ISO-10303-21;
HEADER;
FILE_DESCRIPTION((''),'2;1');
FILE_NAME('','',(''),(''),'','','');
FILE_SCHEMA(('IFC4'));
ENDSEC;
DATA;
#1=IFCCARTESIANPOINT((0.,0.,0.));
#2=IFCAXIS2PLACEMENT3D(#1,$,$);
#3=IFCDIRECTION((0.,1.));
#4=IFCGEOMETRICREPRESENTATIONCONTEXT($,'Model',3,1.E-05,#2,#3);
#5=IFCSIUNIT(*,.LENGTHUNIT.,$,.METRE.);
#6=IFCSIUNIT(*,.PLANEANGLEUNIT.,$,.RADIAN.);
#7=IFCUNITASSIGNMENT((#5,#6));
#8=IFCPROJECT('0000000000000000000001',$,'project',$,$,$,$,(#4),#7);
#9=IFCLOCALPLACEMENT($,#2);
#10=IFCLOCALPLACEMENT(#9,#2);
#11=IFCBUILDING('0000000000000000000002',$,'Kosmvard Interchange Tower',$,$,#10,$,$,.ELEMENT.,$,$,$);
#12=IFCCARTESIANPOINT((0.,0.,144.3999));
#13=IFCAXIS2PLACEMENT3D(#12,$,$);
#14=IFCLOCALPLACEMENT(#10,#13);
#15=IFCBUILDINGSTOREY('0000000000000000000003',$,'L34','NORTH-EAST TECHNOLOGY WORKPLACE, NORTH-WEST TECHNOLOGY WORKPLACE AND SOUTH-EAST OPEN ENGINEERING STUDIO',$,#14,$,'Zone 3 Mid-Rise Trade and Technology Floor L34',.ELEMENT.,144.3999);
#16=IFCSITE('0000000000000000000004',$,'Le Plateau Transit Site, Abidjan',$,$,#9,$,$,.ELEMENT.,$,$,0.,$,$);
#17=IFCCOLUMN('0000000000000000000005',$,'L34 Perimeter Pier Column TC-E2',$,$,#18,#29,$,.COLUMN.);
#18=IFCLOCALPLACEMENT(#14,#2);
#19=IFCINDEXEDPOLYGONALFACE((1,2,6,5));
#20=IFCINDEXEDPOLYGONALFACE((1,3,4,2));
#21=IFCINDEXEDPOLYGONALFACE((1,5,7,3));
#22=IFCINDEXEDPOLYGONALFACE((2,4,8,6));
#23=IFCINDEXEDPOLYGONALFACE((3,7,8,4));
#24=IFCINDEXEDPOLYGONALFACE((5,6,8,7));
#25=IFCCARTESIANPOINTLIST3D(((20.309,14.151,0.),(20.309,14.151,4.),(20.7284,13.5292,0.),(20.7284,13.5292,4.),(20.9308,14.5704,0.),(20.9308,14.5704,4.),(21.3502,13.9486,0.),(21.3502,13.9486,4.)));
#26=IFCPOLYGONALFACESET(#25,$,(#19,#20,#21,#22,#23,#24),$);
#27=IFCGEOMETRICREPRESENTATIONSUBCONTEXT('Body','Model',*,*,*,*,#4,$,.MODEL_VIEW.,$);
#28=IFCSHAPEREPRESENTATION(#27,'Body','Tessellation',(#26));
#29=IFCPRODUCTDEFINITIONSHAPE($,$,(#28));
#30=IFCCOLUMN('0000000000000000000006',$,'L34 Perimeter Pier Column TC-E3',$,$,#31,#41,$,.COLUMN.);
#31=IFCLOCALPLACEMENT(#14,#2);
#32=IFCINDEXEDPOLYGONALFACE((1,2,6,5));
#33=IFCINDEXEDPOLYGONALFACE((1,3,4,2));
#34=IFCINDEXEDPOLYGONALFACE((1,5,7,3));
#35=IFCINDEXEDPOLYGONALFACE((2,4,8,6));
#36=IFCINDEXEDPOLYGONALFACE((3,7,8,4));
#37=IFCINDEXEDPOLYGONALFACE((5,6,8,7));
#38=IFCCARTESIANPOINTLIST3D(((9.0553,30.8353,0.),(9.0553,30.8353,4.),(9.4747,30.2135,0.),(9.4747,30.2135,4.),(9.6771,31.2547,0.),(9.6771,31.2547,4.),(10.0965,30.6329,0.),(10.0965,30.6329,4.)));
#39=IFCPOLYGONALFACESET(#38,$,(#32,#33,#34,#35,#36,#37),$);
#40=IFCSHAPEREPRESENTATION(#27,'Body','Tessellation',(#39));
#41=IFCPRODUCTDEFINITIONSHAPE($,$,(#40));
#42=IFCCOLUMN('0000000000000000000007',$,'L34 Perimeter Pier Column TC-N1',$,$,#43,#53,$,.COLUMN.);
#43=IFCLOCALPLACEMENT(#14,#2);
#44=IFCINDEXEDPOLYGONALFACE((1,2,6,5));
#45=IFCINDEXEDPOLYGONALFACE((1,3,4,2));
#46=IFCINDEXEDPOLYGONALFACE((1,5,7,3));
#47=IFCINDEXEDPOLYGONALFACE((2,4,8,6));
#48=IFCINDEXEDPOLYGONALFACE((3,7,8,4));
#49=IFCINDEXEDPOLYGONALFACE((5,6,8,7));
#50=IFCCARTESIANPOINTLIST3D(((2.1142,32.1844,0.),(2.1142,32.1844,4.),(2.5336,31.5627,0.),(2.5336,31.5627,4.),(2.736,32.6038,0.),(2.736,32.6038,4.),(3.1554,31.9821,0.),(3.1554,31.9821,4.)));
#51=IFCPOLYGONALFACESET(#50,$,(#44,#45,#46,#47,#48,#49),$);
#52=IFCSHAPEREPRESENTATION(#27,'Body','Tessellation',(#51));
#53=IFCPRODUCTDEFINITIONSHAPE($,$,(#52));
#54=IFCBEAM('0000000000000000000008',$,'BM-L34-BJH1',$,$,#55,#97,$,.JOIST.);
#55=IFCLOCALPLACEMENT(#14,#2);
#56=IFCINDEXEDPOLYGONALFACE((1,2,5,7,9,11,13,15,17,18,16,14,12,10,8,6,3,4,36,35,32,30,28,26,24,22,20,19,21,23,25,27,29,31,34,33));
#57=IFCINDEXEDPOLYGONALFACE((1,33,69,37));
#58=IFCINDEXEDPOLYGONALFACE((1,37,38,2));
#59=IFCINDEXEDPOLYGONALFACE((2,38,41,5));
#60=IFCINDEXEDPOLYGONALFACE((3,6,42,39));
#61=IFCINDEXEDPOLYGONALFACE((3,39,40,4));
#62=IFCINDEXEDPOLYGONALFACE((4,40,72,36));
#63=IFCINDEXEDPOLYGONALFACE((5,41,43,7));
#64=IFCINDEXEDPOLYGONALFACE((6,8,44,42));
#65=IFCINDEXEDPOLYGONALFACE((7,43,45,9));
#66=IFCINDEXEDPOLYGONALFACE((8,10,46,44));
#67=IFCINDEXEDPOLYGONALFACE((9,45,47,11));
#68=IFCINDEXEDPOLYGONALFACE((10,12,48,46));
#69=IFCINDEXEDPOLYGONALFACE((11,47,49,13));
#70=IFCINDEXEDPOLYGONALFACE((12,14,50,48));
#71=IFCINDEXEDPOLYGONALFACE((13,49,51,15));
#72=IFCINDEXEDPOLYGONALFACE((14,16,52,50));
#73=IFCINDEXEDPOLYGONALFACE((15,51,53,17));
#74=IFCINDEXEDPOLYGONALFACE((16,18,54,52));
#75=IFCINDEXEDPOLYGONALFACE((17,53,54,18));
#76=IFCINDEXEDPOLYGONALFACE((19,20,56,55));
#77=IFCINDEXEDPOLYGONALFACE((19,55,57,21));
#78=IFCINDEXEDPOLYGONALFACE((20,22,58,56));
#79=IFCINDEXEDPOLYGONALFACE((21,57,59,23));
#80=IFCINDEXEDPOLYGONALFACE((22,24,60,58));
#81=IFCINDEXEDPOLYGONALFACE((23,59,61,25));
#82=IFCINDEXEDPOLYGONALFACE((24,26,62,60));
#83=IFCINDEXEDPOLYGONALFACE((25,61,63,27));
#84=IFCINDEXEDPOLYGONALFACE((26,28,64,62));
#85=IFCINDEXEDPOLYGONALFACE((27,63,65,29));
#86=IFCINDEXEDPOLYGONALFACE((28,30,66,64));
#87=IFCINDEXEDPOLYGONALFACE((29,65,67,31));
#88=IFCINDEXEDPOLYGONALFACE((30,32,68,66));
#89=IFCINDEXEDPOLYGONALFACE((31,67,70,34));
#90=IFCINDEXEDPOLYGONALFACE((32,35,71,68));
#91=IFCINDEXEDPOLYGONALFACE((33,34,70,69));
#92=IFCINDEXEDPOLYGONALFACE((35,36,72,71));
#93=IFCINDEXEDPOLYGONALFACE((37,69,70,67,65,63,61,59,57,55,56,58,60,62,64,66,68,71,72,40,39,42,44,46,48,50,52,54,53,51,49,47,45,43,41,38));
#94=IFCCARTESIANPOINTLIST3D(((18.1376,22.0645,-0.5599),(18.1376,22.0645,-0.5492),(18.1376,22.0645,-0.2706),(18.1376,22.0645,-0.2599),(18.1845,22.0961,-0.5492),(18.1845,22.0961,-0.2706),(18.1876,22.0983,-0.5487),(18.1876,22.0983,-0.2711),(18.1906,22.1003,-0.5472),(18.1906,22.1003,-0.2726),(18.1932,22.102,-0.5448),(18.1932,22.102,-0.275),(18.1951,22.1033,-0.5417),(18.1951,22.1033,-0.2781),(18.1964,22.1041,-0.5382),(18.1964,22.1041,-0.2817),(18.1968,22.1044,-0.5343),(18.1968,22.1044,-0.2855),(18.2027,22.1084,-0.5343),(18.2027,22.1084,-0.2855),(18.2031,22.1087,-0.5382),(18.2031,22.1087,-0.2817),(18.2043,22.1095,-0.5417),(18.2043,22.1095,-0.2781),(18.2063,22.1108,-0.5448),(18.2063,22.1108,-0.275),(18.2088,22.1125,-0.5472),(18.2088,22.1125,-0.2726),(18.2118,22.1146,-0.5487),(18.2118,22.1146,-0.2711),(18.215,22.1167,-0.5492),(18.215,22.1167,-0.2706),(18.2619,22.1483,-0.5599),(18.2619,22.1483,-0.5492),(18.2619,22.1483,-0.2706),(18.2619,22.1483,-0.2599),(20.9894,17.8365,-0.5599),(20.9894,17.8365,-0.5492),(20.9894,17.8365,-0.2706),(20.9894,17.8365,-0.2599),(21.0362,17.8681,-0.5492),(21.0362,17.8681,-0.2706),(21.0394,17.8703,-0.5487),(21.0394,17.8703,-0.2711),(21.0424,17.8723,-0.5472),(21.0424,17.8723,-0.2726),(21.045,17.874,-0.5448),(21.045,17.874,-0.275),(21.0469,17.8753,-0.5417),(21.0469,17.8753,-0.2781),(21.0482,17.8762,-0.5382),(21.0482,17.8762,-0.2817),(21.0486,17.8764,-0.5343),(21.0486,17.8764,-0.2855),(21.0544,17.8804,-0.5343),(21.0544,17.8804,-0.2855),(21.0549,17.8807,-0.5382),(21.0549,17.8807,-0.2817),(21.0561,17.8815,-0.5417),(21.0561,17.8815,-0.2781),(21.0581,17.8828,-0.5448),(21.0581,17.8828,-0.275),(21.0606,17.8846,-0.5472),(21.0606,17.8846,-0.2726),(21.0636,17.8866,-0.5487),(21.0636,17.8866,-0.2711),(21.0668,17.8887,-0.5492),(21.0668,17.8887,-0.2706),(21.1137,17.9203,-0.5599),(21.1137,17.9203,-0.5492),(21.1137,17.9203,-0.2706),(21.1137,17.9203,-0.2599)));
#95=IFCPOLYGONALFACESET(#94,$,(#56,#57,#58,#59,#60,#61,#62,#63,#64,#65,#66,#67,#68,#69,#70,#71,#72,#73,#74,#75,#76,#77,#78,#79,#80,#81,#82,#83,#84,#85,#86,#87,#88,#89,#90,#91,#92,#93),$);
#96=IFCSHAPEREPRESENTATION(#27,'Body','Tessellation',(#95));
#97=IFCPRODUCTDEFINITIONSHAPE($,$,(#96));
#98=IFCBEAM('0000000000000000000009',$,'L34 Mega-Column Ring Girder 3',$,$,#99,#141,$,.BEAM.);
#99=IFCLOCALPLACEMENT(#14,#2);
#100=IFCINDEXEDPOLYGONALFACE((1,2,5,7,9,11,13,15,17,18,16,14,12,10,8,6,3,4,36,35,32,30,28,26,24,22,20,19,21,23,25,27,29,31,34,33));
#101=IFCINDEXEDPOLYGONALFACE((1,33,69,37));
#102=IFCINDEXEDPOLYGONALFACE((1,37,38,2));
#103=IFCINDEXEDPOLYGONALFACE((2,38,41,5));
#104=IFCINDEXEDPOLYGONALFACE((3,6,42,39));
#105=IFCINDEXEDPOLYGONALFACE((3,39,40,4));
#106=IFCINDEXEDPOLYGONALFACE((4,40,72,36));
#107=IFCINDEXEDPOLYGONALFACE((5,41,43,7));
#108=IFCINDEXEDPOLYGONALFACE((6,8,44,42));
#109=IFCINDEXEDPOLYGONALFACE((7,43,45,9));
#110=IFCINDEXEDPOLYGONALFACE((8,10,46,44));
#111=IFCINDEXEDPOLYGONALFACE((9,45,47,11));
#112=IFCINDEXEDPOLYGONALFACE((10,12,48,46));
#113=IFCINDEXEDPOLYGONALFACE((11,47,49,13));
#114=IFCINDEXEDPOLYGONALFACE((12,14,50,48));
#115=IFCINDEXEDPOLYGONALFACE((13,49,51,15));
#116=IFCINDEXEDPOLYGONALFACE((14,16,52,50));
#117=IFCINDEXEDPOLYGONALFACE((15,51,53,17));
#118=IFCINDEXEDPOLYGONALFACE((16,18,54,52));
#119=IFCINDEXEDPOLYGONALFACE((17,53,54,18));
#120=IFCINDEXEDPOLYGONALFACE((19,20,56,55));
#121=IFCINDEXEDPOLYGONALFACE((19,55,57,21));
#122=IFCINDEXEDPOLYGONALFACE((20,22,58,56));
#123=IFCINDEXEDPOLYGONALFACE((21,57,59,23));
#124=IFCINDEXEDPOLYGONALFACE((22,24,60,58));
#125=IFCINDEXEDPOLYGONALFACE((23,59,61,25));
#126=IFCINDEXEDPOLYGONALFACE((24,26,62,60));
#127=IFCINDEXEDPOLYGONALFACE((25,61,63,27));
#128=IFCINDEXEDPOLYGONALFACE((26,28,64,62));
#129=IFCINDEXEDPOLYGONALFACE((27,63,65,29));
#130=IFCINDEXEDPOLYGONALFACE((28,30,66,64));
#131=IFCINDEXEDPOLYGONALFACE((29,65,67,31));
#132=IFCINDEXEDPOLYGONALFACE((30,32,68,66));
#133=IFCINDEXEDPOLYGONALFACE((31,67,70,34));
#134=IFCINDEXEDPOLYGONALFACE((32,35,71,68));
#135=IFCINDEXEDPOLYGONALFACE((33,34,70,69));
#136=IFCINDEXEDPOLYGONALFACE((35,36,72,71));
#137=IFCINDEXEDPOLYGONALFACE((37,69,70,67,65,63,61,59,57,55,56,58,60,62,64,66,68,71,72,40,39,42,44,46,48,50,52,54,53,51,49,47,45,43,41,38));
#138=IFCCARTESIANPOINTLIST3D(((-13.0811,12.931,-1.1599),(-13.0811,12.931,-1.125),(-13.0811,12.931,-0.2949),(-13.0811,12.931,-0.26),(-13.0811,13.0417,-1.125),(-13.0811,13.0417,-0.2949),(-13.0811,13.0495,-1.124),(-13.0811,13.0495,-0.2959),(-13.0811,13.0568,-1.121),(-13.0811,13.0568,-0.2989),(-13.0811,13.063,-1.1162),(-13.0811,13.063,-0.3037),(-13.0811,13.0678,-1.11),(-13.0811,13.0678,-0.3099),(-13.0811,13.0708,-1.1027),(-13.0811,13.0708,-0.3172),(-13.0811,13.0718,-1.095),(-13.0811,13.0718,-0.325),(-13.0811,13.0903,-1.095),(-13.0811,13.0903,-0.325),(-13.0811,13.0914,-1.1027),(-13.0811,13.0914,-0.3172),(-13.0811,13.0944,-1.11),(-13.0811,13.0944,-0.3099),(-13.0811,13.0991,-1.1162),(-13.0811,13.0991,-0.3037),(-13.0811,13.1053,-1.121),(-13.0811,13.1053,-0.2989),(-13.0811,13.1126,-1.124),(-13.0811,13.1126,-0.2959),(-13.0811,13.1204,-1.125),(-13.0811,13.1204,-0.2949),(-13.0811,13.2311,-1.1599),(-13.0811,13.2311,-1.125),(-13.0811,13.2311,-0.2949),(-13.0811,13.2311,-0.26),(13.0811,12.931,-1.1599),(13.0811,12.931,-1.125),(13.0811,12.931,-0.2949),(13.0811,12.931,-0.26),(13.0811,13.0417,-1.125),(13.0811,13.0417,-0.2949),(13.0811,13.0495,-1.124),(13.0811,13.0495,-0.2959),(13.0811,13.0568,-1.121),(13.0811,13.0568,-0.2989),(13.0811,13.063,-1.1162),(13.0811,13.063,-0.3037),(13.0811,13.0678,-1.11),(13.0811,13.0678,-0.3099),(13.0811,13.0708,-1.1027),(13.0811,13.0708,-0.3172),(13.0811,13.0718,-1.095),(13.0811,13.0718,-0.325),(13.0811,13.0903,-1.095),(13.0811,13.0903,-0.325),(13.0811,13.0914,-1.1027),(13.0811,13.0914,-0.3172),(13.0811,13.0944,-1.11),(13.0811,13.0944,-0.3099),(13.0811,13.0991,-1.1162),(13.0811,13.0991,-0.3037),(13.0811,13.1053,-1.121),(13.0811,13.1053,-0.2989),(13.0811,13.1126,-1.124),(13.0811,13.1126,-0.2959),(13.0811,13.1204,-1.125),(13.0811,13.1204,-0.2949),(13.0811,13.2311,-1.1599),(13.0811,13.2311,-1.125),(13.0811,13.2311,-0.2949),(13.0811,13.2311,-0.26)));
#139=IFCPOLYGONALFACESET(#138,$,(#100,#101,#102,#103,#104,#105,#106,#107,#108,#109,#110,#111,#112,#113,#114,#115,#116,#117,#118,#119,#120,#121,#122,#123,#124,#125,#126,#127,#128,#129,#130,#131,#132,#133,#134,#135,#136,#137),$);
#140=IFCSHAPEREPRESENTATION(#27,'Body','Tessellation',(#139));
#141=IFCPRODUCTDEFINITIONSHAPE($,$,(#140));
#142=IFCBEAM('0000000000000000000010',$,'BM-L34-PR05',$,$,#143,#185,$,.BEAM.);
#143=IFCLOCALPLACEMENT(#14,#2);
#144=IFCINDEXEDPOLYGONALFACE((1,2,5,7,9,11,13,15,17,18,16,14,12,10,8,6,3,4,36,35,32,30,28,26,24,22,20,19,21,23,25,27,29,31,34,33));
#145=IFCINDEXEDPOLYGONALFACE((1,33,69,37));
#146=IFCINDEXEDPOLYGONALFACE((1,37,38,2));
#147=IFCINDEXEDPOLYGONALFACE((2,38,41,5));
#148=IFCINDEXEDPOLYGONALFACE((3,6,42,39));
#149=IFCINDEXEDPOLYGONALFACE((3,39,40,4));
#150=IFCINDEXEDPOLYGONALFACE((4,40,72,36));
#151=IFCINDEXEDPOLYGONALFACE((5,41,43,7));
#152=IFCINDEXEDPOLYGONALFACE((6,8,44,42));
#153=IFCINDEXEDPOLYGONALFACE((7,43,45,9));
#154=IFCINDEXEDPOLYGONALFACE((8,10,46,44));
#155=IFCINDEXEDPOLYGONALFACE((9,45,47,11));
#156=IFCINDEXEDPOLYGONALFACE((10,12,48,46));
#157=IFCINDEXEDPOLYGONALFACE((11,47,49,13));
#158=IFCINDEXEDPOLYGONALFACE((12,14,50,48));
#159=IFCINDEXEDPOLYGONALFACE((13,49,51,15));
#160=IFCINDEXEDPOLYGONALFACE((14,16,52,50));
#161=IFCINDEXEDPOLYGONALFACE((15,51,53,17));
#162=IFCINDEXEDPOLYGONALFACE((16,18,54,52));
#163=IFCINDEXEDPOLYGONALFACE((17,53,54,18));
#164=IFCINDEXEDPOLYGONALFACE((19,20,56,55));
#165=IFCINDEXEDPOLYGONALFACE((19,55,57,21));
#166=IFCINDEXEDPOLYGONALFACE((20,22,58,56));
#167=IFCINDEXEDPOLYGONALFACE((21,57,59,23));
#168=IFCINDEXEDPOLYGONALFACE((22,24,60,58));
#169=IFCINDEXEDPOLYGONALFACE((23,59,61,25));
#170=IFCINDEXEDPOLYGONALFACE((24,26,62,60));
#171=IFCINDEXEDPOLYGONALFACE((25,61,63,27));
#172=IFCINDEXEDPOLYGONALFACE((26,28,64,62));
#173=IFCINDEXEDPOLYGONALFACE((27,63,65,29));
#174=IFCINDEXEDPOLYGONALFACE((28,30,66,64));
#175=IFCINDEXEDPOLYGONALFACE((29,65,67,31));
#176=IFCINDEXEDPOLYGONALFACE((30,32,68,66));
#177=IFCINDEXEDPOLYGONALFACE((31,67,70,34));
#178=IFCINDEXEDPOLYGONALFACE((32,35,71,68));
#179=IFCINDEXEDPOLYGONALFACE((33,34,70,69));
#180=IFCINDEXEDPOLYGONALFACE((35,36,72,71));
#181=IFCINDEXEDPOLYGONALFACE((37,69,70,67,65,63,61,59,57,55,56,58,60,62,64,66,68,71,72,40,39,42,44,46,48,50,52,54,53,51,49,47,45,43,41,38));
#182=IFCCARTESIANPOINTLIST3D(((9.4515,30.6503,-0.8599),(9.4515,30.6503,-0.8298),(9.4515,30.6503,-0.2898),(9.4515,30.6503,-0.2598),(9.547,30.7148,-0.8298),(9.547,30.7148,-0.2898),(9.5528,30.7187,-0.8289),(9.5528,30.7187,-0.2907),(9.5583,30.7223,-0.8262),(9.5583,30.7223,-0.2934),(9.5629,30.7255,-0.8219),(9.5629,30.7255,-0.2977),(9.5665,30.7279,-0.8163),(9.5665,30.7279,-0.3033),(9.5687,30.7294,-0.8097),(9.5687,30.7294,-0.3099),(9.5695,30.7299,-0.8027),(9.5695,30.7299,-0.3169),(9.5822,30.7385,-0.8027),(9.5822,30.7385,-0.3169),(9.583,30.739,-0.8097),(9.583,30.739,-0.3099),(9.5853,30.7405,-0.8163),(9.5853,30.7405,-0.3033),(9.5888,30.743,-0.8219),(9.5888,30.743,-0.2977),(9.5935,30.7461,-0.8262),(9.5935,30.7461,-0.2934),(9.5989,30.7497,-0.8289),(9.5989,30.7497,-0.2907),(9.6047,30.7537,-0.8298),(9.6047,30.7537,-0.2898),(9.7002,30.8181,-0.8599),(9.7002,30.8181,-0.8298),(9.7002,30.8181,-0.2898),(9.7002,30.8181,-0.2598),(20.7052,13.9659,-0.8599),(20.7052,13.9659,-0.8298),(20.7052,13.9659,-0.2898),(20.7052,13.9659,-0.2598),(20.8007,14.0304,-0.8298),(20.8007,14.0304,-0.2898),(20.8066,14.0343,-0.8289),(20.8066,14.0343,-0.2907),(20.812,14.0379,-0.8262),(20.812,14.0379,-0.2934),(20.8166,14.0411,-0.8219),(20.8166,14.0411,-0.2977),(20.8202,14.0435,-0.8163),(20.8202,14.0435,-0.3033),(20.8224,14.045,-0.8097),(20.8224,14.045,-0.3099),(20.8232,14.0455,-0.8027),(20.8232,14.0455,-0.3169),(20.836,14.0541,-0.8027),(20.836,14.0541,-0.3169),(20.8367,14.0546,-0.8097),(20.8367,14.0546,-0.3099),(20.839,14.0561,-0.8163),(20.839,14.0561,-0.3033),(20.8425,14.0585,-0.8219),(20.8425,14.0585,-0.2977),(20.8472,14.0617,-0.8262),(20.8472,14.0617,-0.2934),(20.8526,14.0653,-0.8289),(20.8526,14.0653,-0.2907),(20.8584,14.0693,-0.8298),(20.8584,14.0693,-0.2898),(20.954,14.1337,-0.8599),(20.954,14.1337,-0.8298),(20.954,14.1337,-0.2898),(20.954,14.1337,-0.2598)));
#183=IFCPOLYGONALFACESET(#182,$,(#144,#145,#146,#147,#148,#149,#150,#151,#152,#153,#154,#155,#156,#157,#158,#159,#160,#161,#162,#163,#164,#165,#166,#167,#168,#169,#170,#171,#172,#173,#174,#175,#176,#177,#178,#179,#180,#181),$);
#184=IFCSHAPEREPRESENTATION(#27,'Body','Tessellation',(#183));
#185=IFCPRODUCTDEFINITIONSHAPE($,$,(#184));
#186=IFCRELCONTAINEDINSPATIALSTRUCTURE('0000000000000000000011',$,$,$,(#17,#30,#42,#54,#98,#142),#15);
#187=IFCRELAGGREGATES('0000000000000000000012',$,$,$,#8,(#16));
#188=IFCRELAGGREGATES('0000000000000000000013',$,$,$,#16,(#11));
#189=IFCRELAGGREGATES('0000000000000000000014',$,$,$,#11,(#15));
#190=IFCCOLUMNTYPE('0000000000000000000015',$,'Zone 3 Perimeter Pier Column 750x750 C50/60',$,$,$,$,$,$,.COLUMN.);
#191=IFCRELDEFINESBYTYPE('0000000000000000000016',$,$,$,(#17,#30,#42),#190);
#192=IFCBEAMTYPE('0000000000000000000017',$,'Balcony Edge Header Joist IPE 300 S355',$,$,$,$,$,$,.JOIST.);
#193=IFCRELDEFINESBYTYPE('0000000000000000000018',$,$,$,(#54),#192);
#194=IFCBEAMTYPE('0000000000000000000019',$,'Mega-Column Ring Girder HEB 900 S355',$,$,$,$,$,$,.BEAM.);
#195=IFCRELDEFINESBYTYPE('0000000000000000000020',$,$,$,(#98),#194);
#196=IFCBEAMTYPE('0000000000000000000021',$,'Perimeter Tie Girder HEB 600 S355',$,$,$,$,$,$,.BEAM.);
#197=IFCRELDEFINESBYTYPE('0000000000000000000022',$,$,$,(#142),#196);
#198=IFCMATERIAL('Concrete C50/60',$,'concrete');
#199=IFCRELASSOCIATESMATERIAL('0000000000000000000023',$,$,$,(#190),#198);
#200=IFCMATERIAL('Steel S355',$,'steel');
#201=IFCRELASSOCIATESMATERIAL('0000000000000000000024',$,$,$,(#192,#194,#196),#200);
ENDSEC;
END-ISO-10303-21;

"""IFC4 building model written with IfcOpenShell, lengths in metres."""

from ifc_helpers import new_model, si_unit, direction, frame, origin, origin_2d, place, context, subcontext, project, spatial, rectangle, i_section, extrude, source, transform, mapped, material, material_profile, profile_set, type_object, element, save


model = new_model("IFC4")

# Units and contexts
model_context = context("Model", 3, precision=1e-05, world=origin(), true_north=direction((0.0, 1.0)))
body_context = subcontext(model_context, "Body", "Model", "MODEL_VIEW")
ifc_project = project(units=[si_unit("LENGTHUNIT", "METRE"), si_unit("PLANEANGLEUNIT", "RADIAN")], contexts=[model_context])

# Site, building, storey
site_placement = place(None, origin())
site = spatial("IfcSite", under=ifc_project, at=site_placement, Name="Le Plateau Transit Site, Abidjan", CompositionType="ELEMENT", RefElevation=0.0)
building_placement = place(site_placement, origin())
building = spatial("IfcBuilding", under=site, at=building_placement, Name="Kosmvard Interchange Tower", CompositionType="ELEMENT")
storey_placement = place(building_placement, frame((0.0, 0.0, 144.3999)))
storey = spatial("IfcBuildingStorey", under=building, at=storey_placement, Name="L34", Description="NORTH-EAST TECHNOLOGY WORKPLACE, NORTH-WEST TECHNOLOGY WORKPLACE AND SOUTH-EAST OPEN ENGINEERING STUDIO", LongName="Zone 3 Mid-Rise Trade and Technology Floor L34", CompositionType="ELEMENT", Elevation=144.3999)

# Columns
ifc_material_1 = material(Name="Concrete C50/60", Category="concrete")
ifc_material_profile_1 = material_profile(ifc_material_1, rectangle(XDim=0.75, YDim=0.75, at=origin_2d()), Name="TC 750x750")
ifc_profile_set_1 = profile_set([ifc_material_profile_1], Name="Concrete C50/60")
column_type = type_object("IfcColumnType", Name="Zone 3 Perimeter Pier Column 750x750 C50/60", PredefinedType="COLUMN", material=ifc_profile_set_1)
shared_shape_1 = source(origin(), body_context, "Body", "SweptSolid", [
    extrude(rectangle(XDim=0.75, YDim=0.75, at=origin_2d()), origin(), (0.0, 0.0, 1.0), 4.0),
])
for number, where, z_axis, x_axis, name in (
    (1, (20.8296, 14.0498, 0.0), (0.0, 0.0, 1.0), (0.829038, 0.559193, 0.0), "L34 Perimeter Pier Column TC-E2"),
    (2, (9.5759, 30.7341, 0.0), (0.0, 0.0, 1.0), (0.829038, 0.559193, 0.0), "L34 Perimeter Pier Column TC-E3"),
    (3, (2.6348, 32.0833, 0.0), (0.0, 0.0, 1.0), (0.829038, 0.559193, 0.0), "L34 Perimeter Pier Column TC-N1"),
):
    element("IfcColumn", number, at=place(storey_placement, frame(where, z_axis=z_axis, x_axis=x_axis)), inside=storey, type_object=column_type, Name=name, PredefinedType="COLUMN", context=body_context, shape_type="MappedRepresentation", body=[
        mapped(shared_shape_1, transform((0.0, 0.0, 0.0), scale=1.0)),
    ])

# Beams
ifc_material_2 = material(Name="Steel S355", Category="steel")
ifc_material_profile_2 = material_profile(ifc_material_2, i_section(OverallWidth=0.1499, OverallDepth=0.3, WebThickness=0.0071, FlangeThickness=0.0107, FilletRadius=0.0149, at=origin_2d()), Name="IPE 300")
ifc_profile_set_2 = profile_set([ifc_material_profile_2], Name="Steel S355")
beam_type_1 = type_object("IfcBeamType", Name="Balcony Edge Header Joist IPE 300 S355", PredefinedType="JOIST", material=ifc_profile_set_2)
shared_shape_2 = source(origin(), body_context, "Body", "SweptSolid", [
    extrude(i_section(OverallWidth=0.1499, OverallDepth=0.3, WebThickness=0.0071, FlangeThickness=0.0107, FilletRadius=0.0149, at=origin_2d()), origin(), (0.0, 0.0, 1.0), 5.0999),
])
beam_1_placement = place(storey_placement, frame((21.0515, 17.8784, -0.4099), z_axis=(-0.559188, 0.829041, 0.0), x_axis=(-0.829041, -0.559188, 0.0)))
element("IfcBeam", 4, at=beam_1_placement, inside=storey, type_object=beam_type_1, Name="BM-L34-BJH1", PredefinedType="JOIST", context=body_context, shape_type="MappedRepresentation", body=[
    mapped(shared_shape_2, transform((0.0, 0.0, 0.0), scale=1.0)),
])
ifc_material_profile_3 = material_profile(ifc_material_2, i_section(OverallWidth=0.3, OverallDepth=0.8999, WebThickness=0.0186, FlangeThickness=0.0349, FilletRadius=0.03, at=origin_2d()), Name="HEB 900")
ifc_profile_set_3 = profile_set([ifc_material_profile_3], Name="Steel S355")
beam_type_2 = type_object("IfcBeamType", Name="Mega-Column Ring Girder HEB 900 S355", PredefinedType="BEAM", material=ifc_profile_set_3)
shared_shape_3 = source(origin(), body_context, "Body", "SweptSolid", [
    extrude(i_section(OverallWidth=0.3, OverallDepth=0.8999, WebThickness=0.0186, FlangeThickness=0.0349, FilletRadius=0.03, at=origin_2d()), origin(), (0.0, 0.0, 1.0), 26.1621),
])
beam_2_placement = place(storey_placement, frame((13.0811, 13.0811, -0.71), z_axis=(-1.0, 0.0, 0.0), x_axis=(0.0, -1.0, 0.0)))
element("IfcBeam", 5, at=beam_2_placement, inside=storey, type_object=beam_type_2, Name="L34 Mega-Column Ring Girder 3", PredefinedType="BEAM", context=body_context, shape_type="MappedRepresentation", body=[
    mapped(shared_shape_3, transform((0.0, 0.0, 0.0), scale=1.0)),
])
ifc_material_profile_4 = material_profile(ifc_material_2, i_section(OverallWidth=0.3, OverallDepth=0.6001, WebThickness=0.0154, FlangeThickness=0.03, FilletRadius=0.0271, at=origin_2d()), Name="HEB 600")
ifc_profile_set_4 = profile_set([ifc_material_profile_4], Name="Steel S355")
beam_type_3 = type_object("IfcBeamType", Name="Perimeter Tie Girder HEB 600 S355", PredefinedType="BEAM", material=ifc_profile_set_4)
shared_shape_4 = source(origin(), body_context, "Body", "SweptSolid", [
    extrude(i_section(OverallWidth=0.3, OverallDepth=0.6001, WebThickness=0.0154, FlangeThickness=0.03, FilletRadius=0.0271, at=origin_2d()), origin(), (0.0, 0.0, 1.0), 20.125),
])
for number, where, z_axis, x_axis, name in (
    (6, (20.8296, 14.0498, -0.5598), (-0.559191, 0.829039, 0.0), (-0.829039, -0.559191, 0.0), "BM-L34-PR05"),
):
    element("IfcBeam", number, at=place(storey_placement, frame(where, z_axis=z_axis, x_axis=x_axis)), inside=storey, type_object=beam_type_3, Name=name, PredefinedType="BEAM", context=body_context, shape_type="MappedRepresentation", body=[
        mapped(shared_shape_4, transform((0.0, 0.0, 0.0), scale=1.0)),
    ])

save(model, "model.ifc")
